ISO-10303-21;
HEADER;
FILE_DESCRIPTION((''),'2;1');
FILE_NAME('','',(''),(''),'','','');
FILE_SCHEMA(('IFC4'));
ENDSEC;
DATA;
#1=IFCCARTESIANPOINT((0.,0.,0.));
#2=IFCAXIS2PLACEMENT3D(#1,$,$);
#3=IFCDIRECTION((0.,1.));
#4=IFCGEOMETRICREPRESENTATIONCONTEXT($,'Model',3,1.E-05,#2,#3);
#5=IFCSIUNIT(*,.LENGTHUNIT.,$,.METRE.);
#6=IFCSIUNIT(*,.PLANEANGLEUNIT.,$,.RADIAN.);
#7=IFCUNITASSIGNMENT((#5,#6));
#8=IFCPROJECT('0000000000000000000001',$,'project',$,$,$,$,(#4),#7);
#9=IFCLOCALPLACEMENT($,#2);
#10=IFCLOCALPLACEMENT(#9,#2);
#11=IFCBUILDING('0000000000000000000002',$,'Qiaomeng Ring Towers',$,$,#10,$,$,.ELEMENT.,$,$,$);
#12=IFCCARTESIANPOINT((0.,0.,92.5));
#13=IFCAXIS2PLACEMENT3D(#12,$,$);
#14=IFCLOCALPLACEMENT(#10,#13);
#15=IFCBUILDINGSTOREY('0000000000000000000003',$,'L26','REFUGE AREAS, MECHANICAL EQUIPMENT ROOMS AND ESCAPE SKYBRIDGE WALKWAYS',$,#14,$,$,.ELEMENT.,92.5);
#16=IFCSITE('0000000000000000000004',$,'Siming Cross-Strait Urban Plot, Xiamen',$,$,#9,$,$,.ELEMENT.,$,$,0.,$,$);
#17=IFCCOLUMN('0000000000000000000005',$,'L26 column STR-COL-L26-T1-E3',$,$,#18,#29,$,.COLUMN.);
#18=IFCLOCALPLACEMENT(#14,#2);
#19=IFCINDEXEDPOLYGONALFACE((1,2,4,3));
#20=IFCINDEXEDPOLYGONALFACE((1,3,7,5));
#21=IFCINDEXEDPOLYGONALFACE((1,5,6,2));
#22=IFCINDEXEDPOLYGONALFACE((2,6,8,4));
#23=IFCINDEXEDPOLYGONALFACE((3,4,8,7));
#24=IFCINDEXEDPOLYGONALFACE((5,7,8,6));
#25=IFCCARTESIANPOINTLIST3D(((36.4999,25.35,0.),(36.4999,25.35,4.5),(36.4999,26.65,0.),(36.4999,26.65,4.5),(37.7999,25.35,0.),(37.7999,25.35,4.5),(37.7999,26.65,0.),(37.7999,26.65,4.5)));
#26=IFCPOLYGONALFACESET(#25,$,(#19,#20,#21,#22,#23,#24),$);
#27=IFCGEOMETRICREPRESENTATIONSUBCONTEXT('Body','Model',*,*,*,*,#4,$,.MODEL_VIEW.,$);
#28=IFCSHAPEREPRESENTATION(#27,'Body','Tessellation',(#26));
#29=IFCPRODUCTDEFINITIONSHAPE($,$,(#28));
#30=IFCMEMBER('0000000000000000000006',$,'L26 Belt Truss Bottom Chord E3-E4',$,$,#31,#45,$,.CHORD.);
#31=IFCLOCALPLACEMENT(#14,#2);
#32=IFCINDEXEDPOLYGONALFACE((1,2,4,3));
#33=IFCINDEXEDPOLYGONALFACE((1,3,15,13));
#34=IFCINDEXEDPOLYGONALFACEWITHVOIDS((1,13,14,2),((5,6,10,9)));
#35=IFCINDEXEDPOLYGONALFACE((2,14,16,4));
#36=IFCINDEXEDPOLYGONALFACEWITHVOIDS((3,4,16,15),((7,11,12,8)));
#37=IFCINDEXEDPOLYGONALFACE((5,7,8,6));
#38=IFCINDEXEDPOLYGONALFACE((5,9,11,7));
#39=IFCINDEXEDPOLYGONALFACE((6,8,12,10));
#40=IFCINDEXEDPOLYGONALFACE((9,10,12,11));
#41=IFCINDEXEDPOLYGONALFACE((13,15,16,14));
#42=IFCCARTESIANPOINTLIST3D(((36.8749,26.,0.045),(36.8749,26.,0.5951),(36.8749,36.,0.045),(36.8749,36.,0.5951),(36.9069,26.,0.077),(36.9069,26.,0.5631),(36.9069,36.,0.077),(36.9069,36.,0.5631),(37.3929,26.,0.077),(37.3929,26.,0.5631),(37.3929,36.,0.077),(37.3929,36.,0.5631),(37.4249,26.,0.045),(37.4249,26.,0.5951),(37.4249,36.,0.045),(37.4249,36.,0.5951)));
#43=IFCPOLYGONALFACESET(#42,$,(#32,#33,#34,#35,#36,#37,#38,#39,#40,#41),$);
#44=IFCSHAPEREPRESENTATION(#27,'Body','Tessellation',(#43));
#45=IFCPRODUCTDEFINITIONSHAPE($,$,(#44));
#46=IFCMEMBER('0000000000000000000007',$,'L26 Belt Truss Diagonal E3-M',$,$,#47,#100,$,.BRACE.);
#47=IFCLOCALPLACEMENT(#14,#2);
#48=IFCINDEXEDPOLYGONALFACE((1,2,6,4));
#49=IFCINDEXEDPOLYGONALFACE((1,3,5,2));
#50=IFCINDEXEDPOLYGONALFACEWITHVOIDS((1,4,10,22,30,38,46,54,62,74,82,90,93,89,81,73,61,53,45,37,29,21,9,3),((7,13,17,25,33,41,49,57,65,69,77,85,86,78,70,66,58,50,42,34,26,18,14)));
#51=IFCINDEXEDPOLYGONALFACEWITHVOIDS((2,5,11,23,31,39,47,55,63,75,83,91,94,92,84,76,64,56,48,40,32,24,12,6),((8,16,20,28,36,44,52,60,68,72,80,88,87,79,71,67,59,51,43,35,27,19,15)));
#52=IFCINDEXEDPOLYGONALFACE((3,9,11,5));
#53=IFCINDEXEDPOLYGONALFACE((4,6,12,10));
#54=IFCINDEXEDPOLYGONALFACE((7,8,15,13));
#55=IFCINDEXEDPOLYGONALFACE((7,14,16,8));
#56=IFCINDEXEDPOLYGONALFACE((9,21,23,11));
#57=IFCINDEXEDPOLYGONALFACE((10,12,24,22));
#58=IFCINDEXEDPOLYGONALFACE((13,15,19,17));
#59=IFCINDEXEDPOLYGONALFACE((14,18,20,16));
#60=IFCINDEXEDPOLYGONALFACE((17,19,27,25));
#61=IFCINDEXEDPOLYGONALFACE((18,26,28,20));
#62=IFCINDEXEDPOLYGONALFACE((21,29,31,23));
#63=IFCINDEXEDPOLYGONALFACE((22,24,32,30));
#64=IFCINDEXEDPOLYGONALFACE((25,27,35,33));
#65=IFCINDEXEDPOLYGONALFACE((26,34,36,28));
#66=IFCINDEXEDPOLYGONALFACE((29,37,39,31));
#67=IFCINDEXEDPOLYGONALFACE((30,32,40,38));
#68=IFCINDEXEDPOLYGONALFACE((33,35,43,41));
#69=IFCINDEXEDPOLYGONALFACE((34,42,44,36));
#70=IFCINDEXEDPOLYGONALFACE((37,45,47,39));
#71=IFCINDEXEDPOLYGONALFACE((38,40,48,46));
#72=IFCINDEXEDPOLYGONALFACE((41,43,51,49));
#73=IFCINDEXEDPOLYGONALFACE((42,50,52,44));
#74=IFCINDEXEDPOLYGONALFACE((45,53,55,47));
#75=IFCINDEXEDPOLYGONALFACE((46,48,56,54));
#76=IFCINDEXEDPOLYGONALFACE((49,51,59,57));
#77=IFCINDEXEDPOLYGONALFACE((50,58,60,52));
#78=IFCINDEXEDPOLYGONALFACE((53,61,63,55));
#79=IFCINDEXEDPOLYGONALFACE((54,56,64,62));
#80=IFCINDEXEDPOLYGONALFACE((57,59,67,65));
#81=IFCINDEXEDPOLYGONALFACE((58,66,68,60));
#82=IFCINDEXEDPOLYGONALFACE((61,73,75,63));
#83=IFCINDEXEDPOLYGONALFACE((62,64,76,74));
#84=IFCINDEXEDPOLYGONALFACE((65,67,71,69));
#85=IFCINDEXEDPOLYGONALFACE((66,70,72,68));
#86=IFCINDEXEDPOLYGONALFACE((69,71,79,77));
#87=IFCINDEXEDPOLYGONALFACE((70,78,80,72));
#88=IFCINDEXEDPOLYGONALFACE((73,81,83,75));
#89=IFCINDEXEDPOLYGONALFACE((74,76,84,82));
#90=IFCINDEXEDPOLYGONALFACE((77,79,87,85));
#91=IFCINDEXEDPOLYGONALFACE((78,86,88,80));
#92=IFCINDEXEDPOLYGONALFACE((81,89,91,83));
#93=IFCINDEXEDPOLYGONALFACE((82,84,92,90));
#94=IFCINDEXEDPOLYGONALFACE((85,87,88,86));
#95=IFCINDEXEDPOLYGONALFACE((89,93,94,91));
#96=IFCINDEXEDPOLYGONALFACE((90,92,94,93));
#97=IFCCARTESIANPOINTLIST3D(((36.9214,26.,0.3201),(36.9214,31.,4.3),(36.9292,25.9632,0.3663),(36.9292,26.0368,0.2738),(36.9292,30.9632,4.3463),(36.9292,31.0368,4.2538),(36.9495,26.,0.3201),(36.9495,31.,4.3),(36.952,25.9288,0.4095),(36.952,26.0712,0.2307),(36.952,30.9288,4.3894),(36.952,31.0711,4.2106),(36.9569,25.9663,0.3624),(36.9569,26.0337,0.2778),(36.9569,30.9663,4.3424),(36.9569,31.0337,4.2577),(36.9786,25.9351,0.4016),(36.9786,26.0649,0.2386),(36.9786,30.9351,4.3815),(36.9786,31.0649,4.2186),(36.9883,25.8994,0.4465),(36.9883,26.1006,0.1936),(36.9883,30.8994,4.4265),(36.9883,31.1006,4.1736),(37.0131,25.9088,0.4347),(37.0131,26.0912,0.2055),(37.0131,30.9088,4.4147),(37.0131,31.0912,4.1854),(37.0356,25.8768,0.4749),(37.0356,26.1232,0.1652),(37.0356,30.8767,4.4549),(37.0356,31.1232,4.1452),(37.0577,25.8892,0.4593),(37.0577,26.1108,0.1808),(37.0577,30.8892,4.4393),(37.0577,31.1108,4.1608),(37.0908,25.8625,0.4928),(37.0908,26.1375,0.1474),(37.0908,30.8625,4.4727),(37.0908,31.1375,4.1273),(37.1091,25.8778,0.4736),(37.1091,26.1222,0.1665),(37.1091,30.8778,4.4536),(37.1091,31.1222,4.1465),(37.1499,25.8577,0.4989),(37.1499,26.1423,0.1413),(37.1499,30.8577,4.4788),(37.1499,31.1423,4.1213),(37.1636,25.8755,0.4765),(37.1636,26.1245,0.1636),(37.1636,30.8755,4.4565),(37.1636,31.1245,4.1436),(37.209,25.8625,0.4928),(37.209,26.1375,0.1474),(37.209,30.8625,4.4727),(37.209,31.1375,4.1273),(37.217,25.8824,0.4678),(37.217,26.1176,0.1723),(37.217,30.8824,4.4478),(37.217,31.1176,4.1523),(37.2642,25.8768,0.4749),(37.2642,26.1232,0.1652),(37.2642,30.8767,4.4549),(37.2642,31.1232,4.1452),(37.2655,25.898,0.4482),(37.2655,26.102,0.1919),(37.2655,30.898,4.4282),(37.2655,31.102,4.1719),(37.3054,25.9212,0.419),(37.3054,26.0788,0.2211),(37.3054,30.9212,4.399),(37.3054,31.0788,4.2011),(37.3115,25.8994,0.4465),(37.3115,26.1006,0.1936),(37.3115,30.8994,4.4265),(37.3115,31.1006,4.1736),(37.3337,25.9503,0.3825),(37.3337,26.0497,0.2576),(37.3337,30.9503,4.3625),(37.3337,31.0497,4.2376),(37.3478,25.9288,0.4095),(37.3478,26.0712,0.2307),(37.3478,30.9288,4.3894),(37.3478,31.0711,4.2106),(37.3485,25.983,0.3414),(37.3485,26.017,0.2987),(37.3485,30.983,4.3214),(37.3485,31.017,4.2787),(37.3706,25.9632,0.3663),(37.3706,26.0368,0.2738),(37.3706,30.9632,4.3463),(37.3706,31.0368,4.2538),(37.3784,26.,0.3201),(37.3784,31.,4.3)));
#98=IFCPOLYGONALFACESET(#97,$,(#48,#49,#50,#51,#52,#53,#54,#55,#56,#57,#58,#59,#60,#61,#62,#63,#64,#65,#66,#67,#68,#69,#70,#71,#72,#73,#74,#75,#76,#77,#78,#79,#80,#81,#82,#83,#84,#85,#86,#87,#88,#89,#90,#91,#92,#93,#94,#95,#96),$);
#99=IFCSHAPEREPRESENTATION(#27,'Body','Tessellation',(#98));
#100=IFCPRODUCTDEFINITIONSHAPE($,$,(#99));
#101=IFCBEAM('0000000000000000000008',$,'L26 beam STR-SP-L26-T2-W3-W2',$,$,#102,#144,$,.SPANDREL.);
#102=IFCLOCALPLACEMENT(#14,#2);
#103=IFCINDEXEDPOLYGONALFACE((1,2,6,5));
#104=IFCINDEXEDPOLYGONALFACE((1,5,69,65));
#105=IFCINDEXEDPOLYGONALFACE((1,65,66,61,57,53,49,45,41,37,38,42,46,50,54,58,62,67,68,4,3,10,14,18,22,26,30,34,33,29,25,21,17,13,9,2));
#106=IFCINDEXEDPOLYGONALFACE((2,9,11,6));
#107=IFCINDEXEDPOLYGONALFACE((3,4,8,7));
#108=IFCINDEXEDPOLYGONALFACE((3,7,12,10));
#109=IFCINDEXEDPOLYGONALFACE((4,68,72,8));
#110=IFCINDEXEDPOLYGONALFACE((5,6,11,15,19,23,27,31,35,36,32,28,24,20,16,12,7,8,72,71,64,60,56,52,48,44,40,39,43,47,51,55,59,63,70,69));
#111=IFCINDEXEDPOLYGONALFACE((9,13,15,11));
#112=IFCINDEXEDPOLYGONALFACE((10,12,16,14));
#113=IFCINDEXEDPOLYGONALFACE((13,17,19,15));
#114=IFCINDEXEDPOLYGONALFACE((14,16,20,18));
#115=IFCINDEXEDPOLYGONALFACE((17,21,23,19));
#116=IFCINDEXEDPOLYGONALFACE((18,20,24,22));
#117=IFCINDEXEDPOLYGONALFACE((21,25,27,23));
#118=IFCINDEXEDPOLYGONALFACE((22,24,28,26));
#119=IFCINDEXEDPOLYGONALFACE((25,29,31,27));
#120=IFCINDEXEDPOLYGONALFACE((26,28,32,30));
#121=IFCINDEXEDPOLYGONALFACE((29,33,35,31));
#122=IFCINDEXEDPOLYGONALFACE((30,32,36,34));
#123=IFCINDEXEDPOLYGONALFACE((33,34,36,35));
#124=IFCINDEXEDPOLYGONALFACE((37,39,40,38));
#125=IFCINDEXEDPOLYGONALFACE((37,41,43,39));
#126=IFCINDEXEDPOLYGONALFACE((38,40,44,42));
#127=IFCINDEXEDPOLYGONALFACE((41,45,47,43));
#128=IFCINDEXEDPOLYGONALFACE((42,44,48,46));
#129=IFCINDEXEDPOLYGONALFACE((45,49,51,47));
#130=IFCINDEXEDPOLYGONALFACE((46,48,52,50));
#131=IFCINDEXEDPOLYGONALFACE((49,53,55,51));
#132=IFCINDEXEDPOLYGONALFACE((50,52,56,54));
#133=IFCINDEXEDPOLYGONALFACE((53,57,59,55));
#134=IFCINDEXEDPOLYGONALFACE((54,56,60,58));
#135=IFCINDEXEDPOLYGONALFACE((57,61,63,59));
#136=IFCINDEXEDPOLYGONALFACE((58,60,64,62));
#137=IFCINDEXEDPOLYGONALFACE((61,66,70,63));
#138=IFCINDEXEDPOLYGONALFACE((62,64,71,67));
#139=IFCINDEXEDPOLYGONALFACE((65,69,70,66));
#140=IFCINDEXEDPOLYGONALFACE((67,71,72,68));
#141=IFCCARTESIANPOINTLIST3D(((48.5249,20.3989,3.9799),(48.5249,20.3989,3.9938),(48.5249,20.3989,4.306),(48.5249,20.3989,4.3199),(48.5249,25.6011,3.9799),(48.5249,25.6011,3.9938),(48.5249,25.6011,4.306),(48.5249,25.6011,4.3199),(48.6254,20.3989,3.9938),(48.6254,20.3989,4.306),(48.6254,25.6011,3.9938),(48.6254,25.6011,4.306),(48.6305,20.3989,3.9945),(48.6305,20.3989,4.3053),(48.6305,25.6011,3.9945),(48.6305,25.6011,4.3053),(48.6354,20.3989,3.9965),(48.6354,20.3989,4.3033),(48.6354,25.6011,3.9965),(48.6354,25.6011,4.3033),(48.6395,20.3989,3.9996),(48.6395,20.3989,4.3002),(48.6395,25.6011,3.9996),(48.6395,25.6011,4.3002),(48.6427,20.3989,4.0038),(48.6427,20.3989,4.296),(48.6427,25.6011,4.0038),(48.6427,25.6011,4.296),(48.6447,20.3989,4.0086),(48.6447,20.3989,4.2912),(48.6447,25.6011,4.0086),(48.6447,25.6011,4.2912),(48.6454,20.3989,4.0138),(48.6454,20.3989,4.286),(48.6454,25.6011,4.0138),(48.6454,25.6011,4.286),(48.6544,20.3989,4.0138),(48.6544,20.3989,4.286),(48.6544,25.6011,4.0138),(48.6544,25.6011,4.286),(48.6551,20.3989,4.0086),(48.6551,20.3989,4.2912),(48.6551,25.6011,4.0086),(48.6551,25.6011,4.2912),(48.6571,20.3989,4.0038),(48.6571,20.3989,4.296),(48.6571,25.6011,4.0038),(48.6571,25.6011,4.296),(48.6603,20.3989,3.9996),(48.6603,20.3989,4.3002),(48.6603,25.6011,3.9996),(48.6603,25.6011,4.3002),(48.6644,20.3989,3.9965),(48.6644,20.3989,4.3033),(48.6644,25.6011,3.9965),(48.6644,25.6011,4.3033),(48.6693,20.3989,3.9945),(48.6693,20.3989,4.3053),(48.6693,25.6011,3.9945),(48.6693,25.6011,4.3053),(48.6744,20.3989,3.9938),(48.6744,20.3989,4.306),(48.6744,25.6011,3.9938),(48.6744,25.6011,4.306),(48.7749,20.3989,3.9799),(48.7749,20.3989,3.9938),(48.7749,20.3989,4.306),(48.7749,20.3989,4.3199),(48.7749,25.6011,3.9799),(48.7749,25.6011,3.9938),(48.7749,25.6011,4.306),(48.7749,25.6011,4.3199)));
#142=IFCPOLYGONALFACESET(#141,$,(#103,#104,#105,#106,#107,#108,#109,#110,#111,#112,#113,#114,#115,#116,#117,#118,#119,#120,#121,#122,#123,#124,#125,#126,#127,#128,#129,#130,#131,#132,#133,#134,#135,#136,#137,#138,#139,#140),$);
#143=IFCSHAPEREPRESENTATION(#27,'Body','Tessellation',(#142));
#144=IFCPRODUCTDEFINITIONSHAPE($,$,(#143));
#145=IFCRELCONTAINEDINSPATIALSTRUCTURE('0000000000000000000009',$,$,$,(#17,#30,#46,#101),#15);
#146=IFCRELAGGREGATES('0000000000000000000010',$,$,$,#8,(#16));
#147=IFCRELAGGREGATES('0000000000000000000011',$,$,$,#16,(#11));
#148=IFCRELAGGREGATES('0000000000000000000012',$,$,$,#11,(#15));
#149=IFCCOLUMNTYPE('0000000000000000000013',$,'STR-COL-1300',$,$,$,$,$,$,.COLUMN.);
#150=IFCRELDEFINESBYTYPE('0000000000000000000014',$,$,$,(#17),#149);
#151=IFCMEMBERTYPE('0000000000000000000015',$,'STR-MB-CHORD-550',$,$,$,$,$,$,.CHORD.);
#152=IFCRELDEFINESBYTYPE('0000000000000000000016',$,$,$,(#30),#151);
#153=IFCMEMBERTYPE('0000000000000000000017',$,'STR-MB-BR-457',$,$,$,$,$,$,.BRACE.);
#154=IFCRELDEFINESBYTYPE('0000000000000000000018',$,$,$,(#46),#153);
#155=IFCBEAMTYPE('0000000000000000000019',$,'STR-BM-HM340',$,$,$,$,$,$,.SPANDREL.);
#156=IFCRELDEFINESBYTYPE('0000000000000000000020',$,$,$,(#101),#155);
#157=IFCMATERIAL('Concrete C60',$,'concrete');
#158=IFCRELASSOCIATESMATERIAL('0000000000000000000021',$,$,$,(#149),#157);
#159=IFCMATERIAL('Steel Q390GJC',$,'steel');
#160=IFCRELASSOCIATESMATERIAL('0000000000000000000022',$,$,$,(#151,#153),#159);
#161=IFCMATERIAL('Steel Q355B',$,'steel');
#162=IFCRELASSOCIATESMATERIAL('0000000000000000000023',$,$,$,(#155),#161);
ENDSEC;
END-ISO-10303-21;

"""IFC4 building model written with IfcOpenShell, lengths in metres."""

from ifc_helpers import new_model, si_unit, direction, frame, origin, origin_2d, place, context, subcontext, project, spatial, rectangle, hollow_rectangle, hollow_circle, i_section, extrude, source, transform, mapped, material, material_profile, profile_set, type_object, element, save


model = new_model("IFC4")

# Units and contexts
model_context = context("Model", 3, precision=1e-05, world=origin(), true_north=direction((0.0, 1.0)))
body_context = subcontext(model_context, "Body", "Model", "MODEL_VIEW")
ifc_project = project(units=[si_unit("LENGTHUNIT", "METRE"), si_unit("PLANEANGLEUNIT", "RADIAN")], contexts=[model_context])

# Site, building, storey
site_placement = place(None, origin())
site = spatial("IfcSite", under=ifc_project, at=site_placement, Name="Siming Cross-Strait Urban Plot, Xiamen", CompositionType="ELEMENT", RefElevation=0.0)
building_placement = place(site_placement, origin())
building = spatial("IfcBuilding", under=site, at=building_placement, Name="Qiaomeng Ring Towers", CompositionType="ELEMENT")
storey_placement = place(building_placement, frame((0.0, 0.0, 92.5)))
storey = spatial("IfcBuildingStorey", under=building, at=storey_placement, Name="L26", Description="REFUGE AREAS, MECHANICAL EQUIPMENT ROOMS AND ESCAPE SKYBRIDGE WALKWAYS", CompositionType="ELEMENT", Elevation=92.5)

# Column
ifc_material_1 = material(Name="Concrete C60", Category="concrete")
ifc_material_profile_1 = material_profile(ifc_material_1, rectangle(XDim=1.3, YDim=1.3, at=origin_2d()), Name="RC COL 1300x1300")
ifc_profile_set_1 = profile_set([ifc_material_profile_1], Name="Concrete C60")
column_type = type_object("IfcColumnType", Name="STR-COL-1300", PredefinedType="COLUMN", material=ifc_profile_set_1)
shared_shape_1 = source(origin(), body_context, "Body", "SweptSolid", [
    extrude(rectangle(XDim=1.3, YDim=1.3, at=origin_2d()), origin(), (0.0, 0.0, 1.0), 4.5),
])
column_placement = place(storey_placement, frame((37.1499, 26.0, 0.0), z_axis=(0.0, 0.0, 1.0), x_axis=(1.0, 0.0, 0.0)))
element("IfcColumn", 1, at=column_placement, inside=storey, type_object=column_type, Name="L26 column STR-COL-L26-T1-E3", PredefinedType="COLUMN", context=body_context, shape_type="MappedRepresentation", body=[
    mapped(shared_shape_1, transform((0.0, 0.0, 0.0), x_axis=(1.0, 0.0, 0.0), y_axis=(0.0, 1.0, 0.0), z_axis=(0.0, 0.0, 1.0), scale=1.0)),
])

# Members
ifc_material_2 = material(Name="Steel Q390GJC", Category="steel")
ifc_material_profile_2 = material_profile(ifc_material_2, hollow_rectangle(XDim=0.55, YDim=0.55, WallThickness=0.032, at=origin_2d()), Name="SHS 550x550x32")
ifc_profile_set_2 = profile_set([ifc_material_profile_2], Name="Steel Q390GJC")
member_type_1 = type_object("IfcMemberType", Name="STR-MB-CHORD-550", PredefinedType="CHORD", material=ifc_profile_set_2)
shared_shape_2 = source(origin(), body_context, "Body", "SweptSolid", [
    extrude(hollow_rectangle(XDim=0.55, YDim=0.55, WallThickness=0.032, at=origin_2d()), origin(), (0.0, 0.0, 1.0), 10.0),
])
member_1_placement = place(storey_placement, frame((37.1499, 26.0, 0.3201), z_axis=(0.0, 1.0, 0.0), x_axis=(-1.0, 0.0, 0.0)))
element("IfcMember", 2, at=member_1_placement, inside=storey, type_object=member_type_1, Name="L26 Belt Truss Bottom Chord E3-E4", PredefinedType="CHORD", context=body_context, shape_type="MappedRepresentation", body=[
    mapped(shared_shape_2, transform((0.0, 0.0, 0.0), x_axis=(1.0, 0.0, 0.0), y_axis=(0.0, 1.0, 0.0), z_axis=(0.0, 0.0, 1.0), scale=1.0)),
])
ifc_material_profile_3 = material_profile(ifc_material_2, hollow_circle(Radius=0.2285, WallThickness=0.0281, at=origin_2d()), Name="CHS 457x28")
ifc_profile_set_3 = profile_set([ifc_material_profile_3], Name="Steel Q390GJC")
member_type_2 = type_object("IfcMemberType", Name="STR-MB-BR-457", PredefinedType="BRACE", material=ifc_profile_set_3)
shared_shape_3 = source(origin(), body_context, "Body", "SweptSolid", [
    extrude(hollow_circle(Radius=0.2285, WallThickness=0.0281, at=origin_2d()), origin(), (0.0, 0.0, 1.0), 6.3906),
])
member_2_placement = place(storey_placement, frame((37.1499, 26.0, 0.3201), z_axis=(0.0, 0.782395, 0.622783), x_axis=(-1.0, 0.0, 0.0)))
element("IfcMember", 3, at=member_2_placement, inside=storey, type_object=member_type_2, Name="L26 Belt Truss Diagonal E3-M", PredefinedType="BRACE", context=body_context, shape_type="MappedRepresentation", body=[
    mapped(shared_shape_3, transform((0.0, 0.0, 0.0), x_axis=(1.0, 0.0, 0.0), y_axis=(0.0, 1.0, 0.0), z_axis=(0.0, 0.0, 1.0), scale=1.0)),
])

# Beam
ifc_material_3 = material(Name="Steel Q355B", Category="steel")
ifc_material_profile_4 = material_profile(ifc_material_3, i_section(OverallWidth=0.25, OverallDepth=0.3401, WebThickness=0.009, FlangeThickness=0.0139, FilletRadius=0.02, at=origin_2d()), Name="HM 340x250x9x14")
ifc_profile_set_4 = profile_set([ifc_material_profile_4], Name="Steel Q355B")
beam_type_1 = type_object("IfcBeamType", Name="STR-BM-HM340", PredefinedType="SPANDREL", material=ifc_profile_set_4)
shared_shape_4 = source(origin(), body_context, "Body", "SweptSolid", [
    extrude(i_section(OverallWidth=0.25, OverallDepth=0.3401, WebThickness=0.009, FlangeThickness=0.0139, FilletRadius=0.02, at=origin_2d()), origin(), (0.0, 0.0, 1.0), 5.2021),
])
beam_1_placement = place(storey_placement, frame((48.6499, 25.6011, 4.1499), z_axis=(0.0, -1.0, 0.0), x_axis=(1.0, 0.0, 0.0)))
element("IfcBeam", 4, at=beam_1_placement, inside=storey, type_object=beam_type_1, Name="L26 beam STR-SP-L26-T2-W3-W2", PredefinedType="SPANDREL", context=body_context, shape_type="MappedRepresentation", body=[
    mapped(shared_shape_4, transform((0.0, 0.0, 0.0), x_axis=(1.0, 0.0, 0.0), y_axis=(0.0, 1.0, 0.0), z_axis=(0.0, 0.0, 1.0), scale=1.0)),
])

save(model, "model.ifc")
